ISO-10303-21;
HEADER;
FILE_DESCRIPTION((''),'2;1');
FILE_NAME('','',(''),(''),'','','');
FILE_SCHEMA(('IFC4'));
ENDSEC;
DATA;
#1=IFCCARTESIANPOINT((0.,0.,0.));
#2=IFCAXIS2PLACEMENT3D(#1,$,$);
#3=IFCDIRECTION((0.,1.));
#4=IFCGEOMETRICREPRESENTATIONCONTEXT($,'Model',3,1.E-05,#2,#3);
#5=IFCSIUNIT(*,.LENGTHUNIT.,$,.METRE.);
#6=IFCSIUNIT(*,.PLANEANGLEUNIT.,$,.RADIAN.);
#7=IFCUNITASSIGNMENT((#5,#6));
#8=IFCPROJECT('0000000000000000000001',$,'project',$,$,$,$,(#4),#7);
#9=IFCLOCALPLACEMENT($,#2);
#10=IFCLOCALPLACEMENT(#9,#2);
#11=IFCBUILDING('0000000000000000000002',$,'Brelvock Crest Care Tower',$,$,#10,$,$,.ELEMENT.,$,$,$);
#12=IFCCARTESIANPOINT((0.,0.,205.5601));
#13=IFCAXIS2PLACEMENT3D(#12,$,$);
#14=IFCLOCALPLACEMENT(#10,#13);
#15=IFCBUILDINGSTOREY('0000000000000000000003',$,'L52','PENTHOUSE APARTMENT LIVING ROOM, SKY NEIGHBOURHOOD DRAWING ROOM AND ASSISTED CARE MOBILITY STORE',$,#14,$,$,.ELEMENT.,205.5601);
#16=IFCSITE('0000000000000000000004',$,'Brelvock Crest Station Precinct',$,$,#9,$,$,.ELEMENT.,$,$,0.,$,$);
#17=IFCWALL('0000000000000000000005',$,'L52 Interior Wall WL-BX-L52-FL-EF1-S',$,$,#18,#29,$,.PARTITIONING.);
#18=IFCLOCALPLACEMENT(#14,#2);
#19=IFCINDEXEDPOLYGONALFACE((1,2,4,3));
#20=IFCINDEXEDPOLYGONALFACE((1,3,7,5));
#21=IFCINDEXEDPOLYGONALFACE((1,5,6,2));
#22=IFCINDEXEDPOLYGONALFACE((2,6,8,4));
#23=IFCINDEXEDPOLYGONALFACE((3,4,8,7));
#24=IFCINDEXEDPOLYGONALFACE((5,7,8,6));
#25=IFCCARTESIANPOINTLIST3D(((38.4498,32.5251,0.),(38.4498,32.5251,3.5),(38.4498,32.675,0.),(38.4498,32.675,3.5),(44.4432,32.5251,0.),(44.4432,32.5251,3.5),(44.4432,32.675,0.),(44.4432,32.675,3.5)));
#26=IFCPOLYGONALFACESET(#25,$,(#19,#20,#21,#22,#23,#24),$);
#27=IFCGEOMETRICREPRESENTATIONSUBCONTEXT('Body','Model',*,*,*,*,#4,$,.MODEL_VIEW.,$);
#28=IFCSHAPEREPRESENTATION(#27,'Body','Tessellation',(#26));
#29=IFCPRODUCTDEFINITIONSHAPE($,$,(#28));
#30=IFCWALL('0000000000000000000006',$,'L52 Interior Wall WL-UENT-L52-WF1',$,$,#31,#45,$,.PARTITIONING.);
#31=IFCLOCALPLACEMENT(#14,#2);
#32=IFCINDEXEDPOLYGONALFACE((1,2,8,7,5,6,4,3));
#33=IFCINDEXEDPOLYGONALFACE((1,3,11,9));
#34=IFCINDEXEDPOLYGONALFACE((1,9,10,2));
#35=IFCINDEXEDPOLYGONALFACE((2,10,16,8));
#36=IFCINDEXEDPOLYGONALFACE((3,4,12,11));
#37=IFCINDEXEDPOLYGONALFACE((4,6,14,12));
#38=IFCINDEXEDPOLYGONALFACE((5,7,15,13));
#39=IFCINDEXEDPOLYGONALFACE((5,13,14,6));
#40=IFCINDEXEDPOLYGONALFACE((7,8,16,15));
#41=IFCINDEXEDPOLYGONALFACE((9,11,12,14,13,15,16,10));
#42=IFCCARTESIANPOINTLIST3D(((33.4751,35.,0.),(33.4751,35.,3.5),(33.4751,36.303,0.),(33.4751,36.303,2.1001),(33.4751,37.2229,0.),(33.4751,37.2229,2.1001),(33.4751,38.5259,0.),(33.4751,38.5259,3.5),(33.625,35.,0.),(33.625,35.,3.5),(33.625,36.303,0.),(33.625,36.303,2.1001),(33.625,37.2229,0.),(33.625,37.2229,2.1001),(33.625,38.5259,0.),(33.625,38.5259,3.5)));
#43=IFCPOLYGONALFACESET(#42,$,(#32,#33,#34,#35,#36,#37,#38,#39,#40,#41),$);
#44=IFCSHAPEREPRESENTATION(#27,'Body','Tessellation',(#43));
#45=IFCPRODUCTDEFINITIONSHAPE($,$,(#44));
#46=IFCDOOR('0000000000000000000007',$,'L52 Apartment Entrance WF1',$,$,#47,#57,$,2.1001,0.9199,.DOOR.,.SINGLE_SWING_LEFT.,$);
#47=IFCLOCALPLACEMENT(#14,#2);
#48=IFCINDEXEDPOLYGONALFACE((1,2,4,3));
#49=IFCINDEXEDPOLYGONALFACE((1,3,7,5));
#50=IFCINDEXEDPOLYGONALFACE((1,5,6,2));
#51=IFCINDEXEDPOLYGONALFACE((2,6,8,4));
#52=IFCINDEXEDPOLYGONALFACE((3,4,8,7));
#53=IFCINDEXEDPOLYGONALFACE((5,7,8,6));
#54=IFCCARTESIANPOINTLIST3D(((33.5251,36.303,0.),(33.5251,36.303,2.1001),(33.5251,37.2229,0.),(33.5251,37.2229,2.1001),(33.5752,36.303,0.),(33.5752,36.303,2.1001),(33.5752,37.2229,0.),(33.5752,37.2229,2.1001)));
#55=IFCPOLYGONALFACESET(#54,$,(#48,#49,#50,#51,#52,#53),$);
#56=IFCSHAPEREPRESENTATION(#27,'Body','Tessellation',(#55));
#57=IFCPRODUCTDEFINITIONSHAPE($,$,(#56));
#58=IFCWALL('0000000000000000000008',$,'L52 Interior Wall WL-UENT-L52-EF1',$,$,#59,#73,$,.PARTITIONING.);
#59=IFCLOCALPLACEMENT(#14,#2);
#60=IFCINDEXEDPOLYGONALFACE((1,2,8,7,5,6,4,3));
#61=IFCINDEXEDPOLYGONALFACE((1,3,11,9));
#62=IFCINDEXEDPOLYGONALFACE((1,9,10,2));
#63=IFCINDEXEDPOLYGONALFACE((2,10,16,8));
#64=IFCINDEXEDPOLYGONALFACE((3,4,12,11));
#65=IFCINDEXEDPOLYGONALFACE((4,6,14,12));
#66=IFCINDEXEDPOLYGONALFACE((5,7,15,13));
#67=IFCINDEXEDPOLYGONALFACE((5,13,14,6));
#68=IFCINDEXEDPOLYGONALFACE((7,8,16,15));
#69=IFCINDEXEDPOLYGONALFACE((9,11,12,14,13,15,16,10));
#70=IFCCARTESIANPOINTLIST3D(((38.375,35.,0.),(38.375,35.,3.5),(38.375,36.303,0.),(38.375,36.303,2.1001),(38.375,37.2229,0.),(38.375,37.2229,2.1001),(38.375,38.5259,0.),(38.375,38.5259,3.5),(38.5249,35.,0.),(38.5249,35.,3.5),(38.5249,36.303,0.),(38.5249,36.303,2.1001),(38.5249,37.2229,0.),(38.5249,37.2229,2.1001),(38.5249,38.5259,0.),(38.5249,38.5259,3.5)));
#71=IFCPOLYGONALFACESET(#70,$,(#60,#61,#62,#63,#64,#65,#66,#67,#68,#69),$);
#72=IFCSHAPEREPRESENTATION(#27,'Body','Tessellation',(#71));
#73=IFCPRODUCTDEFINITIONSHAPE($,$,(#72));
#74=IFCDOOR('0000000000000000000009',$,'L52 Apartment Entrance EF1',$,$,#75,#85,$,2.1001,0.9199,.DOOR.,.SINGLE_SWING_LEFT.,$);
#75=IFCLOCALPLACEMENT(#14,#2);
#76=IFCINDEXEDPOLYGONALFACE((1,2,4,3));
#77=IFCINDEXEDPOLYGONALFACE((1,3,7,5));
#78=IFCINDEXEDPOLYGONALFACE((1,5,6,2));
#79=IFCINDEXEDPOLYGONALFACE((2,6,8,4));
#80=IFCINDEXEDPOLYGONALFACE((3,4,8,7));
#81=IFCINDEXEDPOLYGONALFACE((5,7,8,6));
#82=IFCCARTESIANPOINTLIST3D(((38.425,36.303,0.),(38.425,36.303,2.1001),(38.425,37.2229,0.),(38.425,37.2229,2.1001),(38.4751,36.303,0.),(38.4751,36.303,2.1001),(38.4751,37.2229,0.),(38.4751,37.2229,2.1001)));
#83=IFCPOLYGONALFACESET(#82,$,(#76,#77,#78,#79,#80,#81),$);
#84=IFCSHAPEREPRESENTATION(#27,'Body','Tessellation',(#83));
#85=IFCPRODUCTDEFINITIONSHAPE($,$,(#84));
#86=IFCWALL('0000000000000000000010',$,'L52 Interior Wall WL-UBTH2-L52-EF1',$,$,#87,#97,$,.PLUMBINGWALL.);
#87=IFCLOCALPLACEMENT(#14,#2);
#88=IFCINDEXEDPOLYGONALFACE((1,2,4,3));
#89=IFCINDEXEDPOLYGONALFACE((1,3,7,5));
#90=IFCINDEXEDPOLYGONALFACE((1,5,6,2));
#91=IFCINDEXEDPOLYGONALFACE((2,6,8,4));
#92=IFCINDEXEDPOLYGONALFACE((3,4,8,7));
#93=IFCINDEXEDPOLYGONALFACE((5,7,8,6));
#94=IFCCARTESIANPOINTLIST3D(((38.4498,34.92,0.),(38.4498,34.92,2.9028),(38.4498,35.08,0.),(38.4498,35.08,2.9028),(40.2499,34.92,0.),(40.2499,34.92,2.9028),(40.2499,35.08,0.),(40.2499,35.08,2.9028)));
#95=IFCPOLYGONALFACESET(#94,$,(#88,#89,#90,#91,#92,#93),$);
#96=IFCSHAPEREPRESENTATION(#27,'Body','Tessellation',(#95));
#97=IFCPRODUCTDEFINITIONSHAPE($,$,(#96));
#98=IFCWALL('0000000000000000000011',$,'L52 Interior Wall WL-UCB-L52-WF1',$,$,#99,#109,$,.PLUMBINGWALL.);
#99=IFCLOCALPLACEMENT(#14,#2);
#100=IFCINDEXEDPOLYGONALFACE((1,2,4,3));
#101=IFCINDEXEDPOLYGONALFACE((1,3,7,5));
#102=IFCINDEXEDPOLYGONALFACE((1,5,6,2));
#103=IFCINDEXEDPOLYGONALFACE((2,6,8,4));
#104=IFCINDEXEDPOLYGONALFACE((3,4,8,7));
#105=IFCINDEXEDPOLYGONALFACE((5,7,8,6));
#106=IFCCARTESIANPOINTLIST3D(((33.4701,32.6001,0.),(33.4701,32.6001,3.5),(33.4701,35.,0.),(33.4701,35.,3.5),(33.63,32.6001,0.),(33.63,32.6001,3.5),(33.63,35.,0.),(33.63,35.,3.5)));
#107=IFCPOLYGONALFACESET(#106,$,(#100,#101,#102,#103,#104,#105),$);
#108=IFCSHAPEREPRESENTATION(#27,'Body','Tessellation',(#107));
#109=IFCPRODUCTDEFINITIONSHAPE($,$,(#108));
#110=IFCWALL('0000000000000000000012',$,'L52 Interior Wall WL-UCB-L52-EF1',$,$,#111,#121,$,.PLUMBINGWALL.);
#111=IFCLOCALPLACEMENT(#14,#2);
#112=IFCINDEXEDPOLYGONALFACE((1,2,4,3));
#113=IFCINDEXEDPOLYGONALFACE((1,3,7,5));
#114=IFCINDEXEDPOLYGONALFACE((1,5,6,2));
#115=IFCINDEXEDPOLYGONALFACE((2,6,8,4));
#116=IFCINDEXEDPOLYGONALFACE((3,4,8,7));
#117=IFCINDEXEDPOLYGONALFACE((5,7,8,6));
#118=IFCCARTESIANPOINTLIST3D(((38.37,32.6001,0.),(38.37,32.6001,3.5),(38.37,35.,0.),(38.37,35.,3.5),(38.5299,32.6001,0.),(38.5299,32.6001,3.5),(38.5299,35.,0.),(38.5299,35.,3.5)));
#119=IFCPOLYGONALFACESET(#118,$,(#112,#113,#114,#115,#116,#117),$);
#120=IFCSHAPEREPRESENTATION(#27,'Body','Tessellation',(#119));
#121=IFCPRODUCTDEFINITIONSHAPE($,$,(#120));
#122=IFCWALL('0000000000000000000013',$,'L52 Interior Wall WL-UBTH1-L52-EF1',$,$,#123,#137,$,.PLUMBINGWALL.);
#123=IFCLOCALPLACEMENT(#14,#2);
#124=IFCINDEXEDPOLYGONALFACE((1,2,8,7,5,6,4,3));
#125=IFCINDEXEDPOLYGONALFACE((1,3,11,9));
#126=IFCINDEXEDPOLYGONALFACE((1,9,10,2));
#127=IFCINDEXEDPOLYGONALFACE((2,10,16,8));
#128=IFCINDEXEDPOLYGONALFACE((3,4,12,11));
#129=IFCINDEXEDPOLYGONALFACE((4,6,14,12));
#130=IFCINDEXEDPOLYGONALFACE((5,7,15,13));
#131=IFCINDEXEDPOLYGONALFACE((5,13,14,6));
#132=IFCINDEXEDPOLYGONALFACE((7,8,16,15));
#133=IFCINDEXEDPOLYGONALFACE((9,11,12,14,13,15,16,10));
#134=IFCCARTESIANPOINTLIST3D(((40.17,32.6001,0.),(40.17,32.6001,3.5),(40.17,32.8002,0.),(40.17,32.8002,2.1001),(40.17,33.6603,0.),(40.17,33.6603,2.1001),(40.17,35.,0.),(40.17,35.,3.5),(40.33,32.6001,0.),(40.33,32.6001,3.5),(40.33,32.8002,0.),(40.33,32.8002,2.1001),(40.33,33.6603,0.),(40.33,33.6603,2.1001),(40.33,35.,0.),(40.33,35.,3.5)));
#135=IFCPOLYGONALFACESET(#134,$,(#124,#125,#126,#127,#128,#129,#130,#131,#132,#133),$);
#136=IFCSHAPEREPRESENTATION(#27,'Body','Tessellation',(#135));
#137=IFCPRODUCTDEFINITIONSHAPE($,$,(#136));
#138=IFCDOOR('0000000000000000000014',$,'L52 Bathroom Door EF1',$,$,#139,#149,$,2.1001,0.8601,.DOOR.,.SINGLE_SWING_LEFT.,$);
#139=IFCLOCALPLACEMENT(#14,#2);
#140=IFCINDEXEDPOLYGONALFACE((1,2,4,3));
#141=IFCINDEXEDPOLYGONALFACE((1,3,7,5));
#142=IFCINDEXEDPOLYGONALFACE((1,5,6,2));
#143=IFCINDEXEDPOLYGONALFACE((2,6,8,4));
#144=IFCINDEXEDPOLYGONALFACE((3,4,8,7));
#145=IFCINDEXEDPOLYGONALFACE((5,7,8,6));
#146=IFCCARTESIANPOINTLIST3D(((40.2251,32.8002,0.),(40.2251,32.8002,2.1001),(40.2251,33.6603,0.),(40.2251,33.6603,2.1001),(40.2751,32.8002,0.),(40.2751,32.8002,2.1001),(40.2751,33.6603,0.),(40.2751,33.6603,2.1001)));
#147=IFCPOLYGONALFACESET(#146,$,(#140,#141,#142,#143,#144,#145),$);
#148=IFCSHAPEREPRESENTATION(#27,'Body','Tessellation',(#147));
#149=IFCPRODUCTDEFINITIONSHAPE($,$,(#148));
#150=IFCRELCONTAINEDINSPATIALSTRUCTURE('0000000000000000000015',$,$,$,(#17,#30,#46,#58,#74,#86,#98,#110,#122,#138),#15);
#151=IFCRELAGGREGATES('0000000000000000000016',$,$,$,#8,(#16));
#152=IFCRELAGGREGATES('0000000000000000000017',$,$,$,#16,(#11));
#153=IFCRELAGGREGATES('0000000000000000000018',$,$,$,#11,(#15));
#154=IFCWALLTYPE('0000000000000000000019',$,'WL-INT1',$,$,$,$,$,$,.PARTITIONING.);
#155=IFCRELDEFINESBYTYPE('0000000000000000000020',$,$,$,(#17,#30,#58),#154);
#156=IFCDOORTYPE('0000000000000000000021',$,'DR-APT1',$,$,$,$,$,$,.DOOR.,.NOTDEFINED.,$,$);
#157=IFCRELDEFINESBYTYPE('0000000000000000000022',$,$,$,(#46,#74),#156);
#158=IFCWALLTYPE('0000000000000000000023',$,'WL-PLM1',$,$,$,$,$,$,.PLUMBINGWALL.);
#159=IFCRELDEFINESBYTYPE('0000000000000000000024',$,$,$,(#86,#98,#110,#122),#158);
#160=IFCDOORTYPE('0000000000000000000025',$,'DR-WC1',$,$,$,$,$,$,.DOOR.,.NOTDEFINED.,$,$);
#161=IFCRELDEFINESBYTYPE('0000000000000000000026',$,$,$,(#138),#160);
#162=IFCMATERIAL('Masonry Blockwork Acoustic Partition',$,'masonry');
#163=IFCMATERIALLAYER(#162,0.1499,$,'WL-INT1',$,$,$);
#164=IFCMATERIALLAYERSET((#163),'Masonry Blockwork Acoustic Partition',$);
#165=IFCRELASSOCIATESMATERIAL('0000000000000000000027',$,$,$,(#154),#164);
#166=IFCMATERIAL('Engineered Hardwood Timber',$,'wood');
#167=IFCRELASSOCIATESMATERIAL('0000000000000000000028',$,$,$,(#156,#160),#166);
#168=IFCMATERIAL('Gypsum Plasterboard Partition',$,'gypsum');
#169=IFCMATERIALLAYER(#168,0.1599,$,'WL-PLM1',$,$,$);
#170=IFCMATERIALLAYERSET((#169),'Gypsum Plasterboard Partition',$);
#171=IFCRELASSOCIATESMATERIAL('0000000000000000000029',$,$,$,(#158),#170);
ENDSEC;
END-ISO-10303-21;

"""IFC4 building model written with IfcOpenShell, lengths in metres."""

from ifc_helpers import new_model, si_unit, direction, frame, frame_2d, origin, origin_2d, place, context, subcontext, project, spatial, rectangle, extrude, source, transform, mapped, material, layer, layer_set, type_object, element, fill, save


model = new_model("IFC4")

# Units and contexts
model_context = context("Model", 3, precision=1e-05, world=origin(), true_north=direction((0.0, 1.0)))
body_context = subcontext(model_context, "Body", "Model", "MODEL_VIEW")
ifc_project = project(units=[si_unit("LENGTHUNIT", "METRE"), si_unit("PLANEANGLEUNIT", "RADIAN")], contexts=[model_context])

# Site, building, storey
site_placement = place(None, origin())
site = spatial("IfcSite", under=ifc_project, at=site_placement, Name="Brelvock Crest Station Precinct", CompositionType="ELEMENT", RefElevation=0.0)
building_placement = place(site_placement, origin())
building = spatial("IfcBuilding", under=site, at=building_placement, Name="Brelvock Crest Care Tower", CompositionType="ELEMENT")
storey_placement = place(building_placement, frame((0.0, 0.0, 205.5601)))
storey = spatial("IfcBuildingStorey", under=building, at=storey_placement, Name="L52", Description="PENTHOUSE APARTMENT LIVING ROOM, SKY NEIGHBOURHOOD DRAWING ROOM AND ASSISTED CARE MOBILITY STORE", CompositionType="ELEMENT", Elevation=205.5601)

# Wall
ifc_material_1 = material(Name="Masonry Blockwork Acoustic Partition", Category="masonry")
ifc_layer_1 = layer(ifc_material_1, 0.1499, Name="WL-INT1")
ifc_layer_set_1 = layer_set([ifc_layer_1], Name="Masonry Blockwork Acoustic Partition")
wall_type_1 = type_object("IfcWallType", Name="WL-INT1", PredefinedType="PARTITIONING", material=ifc_layer_set_1)
wall_1_placement = place(storey_placement, frame((38.45, 32.6001, 0.0), z_axis=(0.0, 0.0, 1.0), x_axis=(1.0, 0.0, 0.0)))
element("IfcWall", 1, at=wall_1_placement, inside=storey, type_object=wall_type_1, Name="L52 Interior Wall WL-BX-L52-FL-EF1-S", PredefinedType="PARTITIONING", context=body_context, shape_type="SweptSolid", body=[
    extrude(rectangle(XDim=5.9934, YDim=0.1499, at=frame_2d((2.9966, 0.0))), origin(), (0.0, 0.0, 1.0), 3.5),
])

# Walls, openings, doors
wall_2_placement = place(storey_placement, frame((33.55, 35.0, 0.0), z_axis=(0.0, 0.0, 1.0), x_axis=(0.0, 1.0, 0.0)))
wall_2 = element("IfcWall", 2, at=wall_2_placement, inside=storey, type_object=wall_type_1, Name="L52 Interior Wall WL-UENT-L52-WF1", PredefinedType="PARTITIONING", context=body_context, shape_type="SweptSolid", body=[
    extrude(rectangle(XDim=3.5259, YDim=0.1499, at=frame_2d((1.7629, 0.0))), origin(), (0.0, 0.0, 1.0), 3.5),
])
opening_1_placement = place(wall_2_placement, frame((1.303, 0.0, 0.0)))
opening_1 = element("IfcOpeningElement", 3, at=opening_1_placement, cuts=wall_2, PredefinedType="OPENING", context=body_context, shape_type="SweptSolid", body=[
    extrude(rectangle(XDim=0.9199, YDim=2.1001, at=origin_2d()), frame((0.46, 0.085, 1.05), z_axis=(0.0, -1.0, 0.0), x_axis=(1.0, 0.0, 0.0)), (0.0, 0.0, 1.0), 0.1699),
])
ifc_material_2 = material(Name="Engineered Hardwood Timber", Category="wood")
door_type_1 = type_object("IfcDoorType", Name="DR-APT1", OperationType="NOTDEFINED", PredefinedType="DOOR", material=ifc_material_2)
shared_shape_1 = source(origin(), body_context, "Body", "SweptSolid", [
    extrude(rectangle(XDim=0.9199, YDim=2.1001, at=origin_2d()), frame((0.46, 0.0249, 1.05), z_axis=(0.0, -1.0, 0.0), x_axis=(1.0, 0.0, 0.0)), (0.0, 0.0, 1.0), 0.05),
])
door_1_placement = place(opening_1_placement, origin())
door_1 = element("IfcDoor", 4, at=door_1_placement, inside=storey, type_object=door_type_1, Name="L52 Apartment Entrance WF1", OperationType="SINGLE_SWING_LEFT", OverallHeight=2.1001, OverallWidth=0.9199, PredefinedType="DOOR", context=body_context, shape_type="MappedRepresentation", body=[
    mapped(shared_shape_1, transform((0.0, 0.0, 0.0), x_axis=(1.0, 0.0, 0.0), y_axis=(0.0, 1.0, 0.0), z_axis=(0.0, 0.0, 1.0), scale=1.0)),
])
fill(opening_1, door_1)
wall_3_placement = place(storey_placement, frame((38.45, 35.0, 0.0), z_axis=(0.0, 0.0, 1.0), x_axis=(0.0, 1.0, 0.0)))
wall_3 = element("IfcWall", 5, at=wall_3_placement, inside=storey, type_object=wall_type_1, Name="L52 Interior Wall WL-UENT-L52-EF1", PredefinedType="PARTITIONING", context=body_context, shape_type="SweptSolid", body=[
    extrude(rectangle(XDim=3.5259, YDim=0.1499, at=frame_2d((1.7629, 0.0))), origin(), (0.0, 0.0, 1.0), 3.5),
])
opening_2_placement = place(wall_3_placement, frame((1.303, 0.0, 0.0)))
opening_2 = element("IfcOpeningElement", 6, at=opening_2_placement, cuts=wall_3, PredefinedType="OPENING", context=body_context, shape_type="SweptSolid", body=[
    extrude(rectangle(XDim=0.9199, YDim=2.1001, at=origin_2d()), frame((0.46, 0.085, 1.05), z_axis=(0.0, -1.0, 0.0), x_axis=(1.0, 0.0, 0.0)), (0.0, 0.0, 1.0), 0.1699),
])
door_2_placement = place(opening_2_placement, origin())
door_2 = element("IfcDoor", 7, at=door_2_placement, inside=storey, type_object=door_type_1, Name="L52 Apartment Entrance EF1", OperationType="SINGLE_SWING_LEFT", OverallHeight=2.1001, OverallWidth=0.9199, PredefinedType="DOOR", context=body_context, shape_type="MappedRepresentation", body=[
    mapped(shared_shape_1, transform((0.0, 0.0, 0.0), x_axis=(1.0, 0.0, 0.0), y_axis=(0.0, 1.0, 0.0), z_axis=(0.0, 0.0, 1.0), scale=1.0)),
])
fill(opening_2, door_2)

# Walls
ifc_material_3 = material(Name="Gypsum Plasterboard Partition", Category="gypsum")
ifc_layer_2 = layer(ifc_material_3, 0.1599, Name="WL-PLM1")
ifc_layer_set_2 = layer_set([ifc_layer_2], Name="Gypsum Plasterboard Partition")
wall_type_2 = type_object("IfcWallType", Name="WL-PLM1", PredefinedType="PLUMBINGWALL", material=ifc_layer_set_2)
wall_4_placement = place(storey_placement, frame((38.45, 35.0, 0.0), z_axis=(0.0, 0.0, 1.0), x_axis=(1.0, 0.0, 0.0)))
element("IfcWall", 8, at=wall_4_placement, inside=storey, type_object=wall_type_2, Name="L52 Interior Wall WL-UBTH2-L52-EF1", PredefinedType="PLUMBINGWALL", context=body_context, shape_type="SweptSolid", body=[
    extrude(rectangle(XDim=1.8, YDim=0.1599, at=frame_2d((0.8999, 0.0))), origin(), (0.0, 0.0, 1.0), 2.9028),
])
for number, where, z_axis, x_axis, name in (
    (9, (33.55, 32.6001, 0.0), (0.0, 0.0, 1.0), (0.0, 1.0, 0.0), "L52 Interior Wall WL-UCB-L52-WF1"),
    (10, (38.45, 32.6001, 0.0), (0.0, 0.0, 1.0), (0.0, 1.0, 0.0), "L52 Interior Wall WL-UCB-L52-EF1"),
):
    element("IfcWall", number, at=place(storey_placement, frame(where, z_axis=z_axis, x_axis=x_axis)), inside=storey, type_object=wall_type_2, Name=name, PredefinedType="PLUMBINGWALL", context=body_context, shape_type="SweptSolid", body=[
        extrude(rectangle(XDim=2.3999, YDim=0.1599, at=frame_2d((1.2, 0.0))), origin(), (0.0, 0.0, 1.0), 3.5),
    ])

# Wall, opening, door
wall_5_placement = place(storey_placement, frame((40.25, 32.6001, 0.0), z_axis=(0.0, 0.0, 1.0), x_axis=(0.0, 1.0, 0.0)))
wall_5 = element("IfcWall", 11, at=wall_5_placement, inside=storey, type_object=wall_type_2, Name="L52 Interior Wall WL-UBTH1-L52-EF1", PredefinedType="PLUMBINGWALL", context=body_context, shape_type="SweptSolid", body=[
    extrude(rectangle(XDim=2.3999, YDim=0.1599, at=frame_2d((1.2, 0.0))), origin(), (0.0, 0.0, 1.0), 3.5),
])
opening_3_placement = place(wall_5_placement, frame((0.2, 0.0, 0.0)))
opening_3 = element("IfcOpeningElement", 12, at=opening_3_placement, cuts=wall_5, PredefinedType="OPENING", context=body_context, shape_type="SweptSolid", body=[
    extrude(rectangle(XDim=0.8601, YDim=2.1001, at=origin_2d()), frame((0.4302, 0.0898, 1.05), z_axis=(0.0, -1.0, 0.0), x_axis=(1.0, 0.0, 0.0)), (0.0, 0.0, 1.0), 0.1799),
])
door_type_2 = type_object("IfcDoorType", Name="DR-WC1", OperationType="NOTDEFINED", PredefinedType="DOOR", material=ifc_material_2)
shared_shape_2 = source(origin(), body_context, "Body", "SweptSolid", [
    extrude(rectangle(XDim=0.8601, YDim=2.1001, at=origin_2d()), frame((0.4302, 0.0249, 1.05), z_axis=(0.0, -1.0, 0.0), x_axis=(1.0, 0.0, 0.0)), (0.0, 0.0, 1.0), 0.05),
])
door_3_placement = place(opening_3_placement, origin())
door_3 = element("IfcDoor", 13, at=door_3_placement, inside=storey, type_object=door_type_2, Name="L52 Bathroom Door EF1", OperationType="SINGLE_SWING_LEFT", OverallHeight=2.1001, OverallWidth=0.8601, PredefinedType="DOOR", context=body_context, shape_type="MappedRepresentation", body=[
    mapped(shared_shape_2, transform((0.0, 0.0, 0.0), x_axis=(1.0, 0.0, 0.0), y_axis=(0.0, 1.0, 0.0), z_axis=(0.0, 0.0, 1.0), scale=1.0)),
])
fill(opening_3, door_3)

save(model, "model.ifc")
